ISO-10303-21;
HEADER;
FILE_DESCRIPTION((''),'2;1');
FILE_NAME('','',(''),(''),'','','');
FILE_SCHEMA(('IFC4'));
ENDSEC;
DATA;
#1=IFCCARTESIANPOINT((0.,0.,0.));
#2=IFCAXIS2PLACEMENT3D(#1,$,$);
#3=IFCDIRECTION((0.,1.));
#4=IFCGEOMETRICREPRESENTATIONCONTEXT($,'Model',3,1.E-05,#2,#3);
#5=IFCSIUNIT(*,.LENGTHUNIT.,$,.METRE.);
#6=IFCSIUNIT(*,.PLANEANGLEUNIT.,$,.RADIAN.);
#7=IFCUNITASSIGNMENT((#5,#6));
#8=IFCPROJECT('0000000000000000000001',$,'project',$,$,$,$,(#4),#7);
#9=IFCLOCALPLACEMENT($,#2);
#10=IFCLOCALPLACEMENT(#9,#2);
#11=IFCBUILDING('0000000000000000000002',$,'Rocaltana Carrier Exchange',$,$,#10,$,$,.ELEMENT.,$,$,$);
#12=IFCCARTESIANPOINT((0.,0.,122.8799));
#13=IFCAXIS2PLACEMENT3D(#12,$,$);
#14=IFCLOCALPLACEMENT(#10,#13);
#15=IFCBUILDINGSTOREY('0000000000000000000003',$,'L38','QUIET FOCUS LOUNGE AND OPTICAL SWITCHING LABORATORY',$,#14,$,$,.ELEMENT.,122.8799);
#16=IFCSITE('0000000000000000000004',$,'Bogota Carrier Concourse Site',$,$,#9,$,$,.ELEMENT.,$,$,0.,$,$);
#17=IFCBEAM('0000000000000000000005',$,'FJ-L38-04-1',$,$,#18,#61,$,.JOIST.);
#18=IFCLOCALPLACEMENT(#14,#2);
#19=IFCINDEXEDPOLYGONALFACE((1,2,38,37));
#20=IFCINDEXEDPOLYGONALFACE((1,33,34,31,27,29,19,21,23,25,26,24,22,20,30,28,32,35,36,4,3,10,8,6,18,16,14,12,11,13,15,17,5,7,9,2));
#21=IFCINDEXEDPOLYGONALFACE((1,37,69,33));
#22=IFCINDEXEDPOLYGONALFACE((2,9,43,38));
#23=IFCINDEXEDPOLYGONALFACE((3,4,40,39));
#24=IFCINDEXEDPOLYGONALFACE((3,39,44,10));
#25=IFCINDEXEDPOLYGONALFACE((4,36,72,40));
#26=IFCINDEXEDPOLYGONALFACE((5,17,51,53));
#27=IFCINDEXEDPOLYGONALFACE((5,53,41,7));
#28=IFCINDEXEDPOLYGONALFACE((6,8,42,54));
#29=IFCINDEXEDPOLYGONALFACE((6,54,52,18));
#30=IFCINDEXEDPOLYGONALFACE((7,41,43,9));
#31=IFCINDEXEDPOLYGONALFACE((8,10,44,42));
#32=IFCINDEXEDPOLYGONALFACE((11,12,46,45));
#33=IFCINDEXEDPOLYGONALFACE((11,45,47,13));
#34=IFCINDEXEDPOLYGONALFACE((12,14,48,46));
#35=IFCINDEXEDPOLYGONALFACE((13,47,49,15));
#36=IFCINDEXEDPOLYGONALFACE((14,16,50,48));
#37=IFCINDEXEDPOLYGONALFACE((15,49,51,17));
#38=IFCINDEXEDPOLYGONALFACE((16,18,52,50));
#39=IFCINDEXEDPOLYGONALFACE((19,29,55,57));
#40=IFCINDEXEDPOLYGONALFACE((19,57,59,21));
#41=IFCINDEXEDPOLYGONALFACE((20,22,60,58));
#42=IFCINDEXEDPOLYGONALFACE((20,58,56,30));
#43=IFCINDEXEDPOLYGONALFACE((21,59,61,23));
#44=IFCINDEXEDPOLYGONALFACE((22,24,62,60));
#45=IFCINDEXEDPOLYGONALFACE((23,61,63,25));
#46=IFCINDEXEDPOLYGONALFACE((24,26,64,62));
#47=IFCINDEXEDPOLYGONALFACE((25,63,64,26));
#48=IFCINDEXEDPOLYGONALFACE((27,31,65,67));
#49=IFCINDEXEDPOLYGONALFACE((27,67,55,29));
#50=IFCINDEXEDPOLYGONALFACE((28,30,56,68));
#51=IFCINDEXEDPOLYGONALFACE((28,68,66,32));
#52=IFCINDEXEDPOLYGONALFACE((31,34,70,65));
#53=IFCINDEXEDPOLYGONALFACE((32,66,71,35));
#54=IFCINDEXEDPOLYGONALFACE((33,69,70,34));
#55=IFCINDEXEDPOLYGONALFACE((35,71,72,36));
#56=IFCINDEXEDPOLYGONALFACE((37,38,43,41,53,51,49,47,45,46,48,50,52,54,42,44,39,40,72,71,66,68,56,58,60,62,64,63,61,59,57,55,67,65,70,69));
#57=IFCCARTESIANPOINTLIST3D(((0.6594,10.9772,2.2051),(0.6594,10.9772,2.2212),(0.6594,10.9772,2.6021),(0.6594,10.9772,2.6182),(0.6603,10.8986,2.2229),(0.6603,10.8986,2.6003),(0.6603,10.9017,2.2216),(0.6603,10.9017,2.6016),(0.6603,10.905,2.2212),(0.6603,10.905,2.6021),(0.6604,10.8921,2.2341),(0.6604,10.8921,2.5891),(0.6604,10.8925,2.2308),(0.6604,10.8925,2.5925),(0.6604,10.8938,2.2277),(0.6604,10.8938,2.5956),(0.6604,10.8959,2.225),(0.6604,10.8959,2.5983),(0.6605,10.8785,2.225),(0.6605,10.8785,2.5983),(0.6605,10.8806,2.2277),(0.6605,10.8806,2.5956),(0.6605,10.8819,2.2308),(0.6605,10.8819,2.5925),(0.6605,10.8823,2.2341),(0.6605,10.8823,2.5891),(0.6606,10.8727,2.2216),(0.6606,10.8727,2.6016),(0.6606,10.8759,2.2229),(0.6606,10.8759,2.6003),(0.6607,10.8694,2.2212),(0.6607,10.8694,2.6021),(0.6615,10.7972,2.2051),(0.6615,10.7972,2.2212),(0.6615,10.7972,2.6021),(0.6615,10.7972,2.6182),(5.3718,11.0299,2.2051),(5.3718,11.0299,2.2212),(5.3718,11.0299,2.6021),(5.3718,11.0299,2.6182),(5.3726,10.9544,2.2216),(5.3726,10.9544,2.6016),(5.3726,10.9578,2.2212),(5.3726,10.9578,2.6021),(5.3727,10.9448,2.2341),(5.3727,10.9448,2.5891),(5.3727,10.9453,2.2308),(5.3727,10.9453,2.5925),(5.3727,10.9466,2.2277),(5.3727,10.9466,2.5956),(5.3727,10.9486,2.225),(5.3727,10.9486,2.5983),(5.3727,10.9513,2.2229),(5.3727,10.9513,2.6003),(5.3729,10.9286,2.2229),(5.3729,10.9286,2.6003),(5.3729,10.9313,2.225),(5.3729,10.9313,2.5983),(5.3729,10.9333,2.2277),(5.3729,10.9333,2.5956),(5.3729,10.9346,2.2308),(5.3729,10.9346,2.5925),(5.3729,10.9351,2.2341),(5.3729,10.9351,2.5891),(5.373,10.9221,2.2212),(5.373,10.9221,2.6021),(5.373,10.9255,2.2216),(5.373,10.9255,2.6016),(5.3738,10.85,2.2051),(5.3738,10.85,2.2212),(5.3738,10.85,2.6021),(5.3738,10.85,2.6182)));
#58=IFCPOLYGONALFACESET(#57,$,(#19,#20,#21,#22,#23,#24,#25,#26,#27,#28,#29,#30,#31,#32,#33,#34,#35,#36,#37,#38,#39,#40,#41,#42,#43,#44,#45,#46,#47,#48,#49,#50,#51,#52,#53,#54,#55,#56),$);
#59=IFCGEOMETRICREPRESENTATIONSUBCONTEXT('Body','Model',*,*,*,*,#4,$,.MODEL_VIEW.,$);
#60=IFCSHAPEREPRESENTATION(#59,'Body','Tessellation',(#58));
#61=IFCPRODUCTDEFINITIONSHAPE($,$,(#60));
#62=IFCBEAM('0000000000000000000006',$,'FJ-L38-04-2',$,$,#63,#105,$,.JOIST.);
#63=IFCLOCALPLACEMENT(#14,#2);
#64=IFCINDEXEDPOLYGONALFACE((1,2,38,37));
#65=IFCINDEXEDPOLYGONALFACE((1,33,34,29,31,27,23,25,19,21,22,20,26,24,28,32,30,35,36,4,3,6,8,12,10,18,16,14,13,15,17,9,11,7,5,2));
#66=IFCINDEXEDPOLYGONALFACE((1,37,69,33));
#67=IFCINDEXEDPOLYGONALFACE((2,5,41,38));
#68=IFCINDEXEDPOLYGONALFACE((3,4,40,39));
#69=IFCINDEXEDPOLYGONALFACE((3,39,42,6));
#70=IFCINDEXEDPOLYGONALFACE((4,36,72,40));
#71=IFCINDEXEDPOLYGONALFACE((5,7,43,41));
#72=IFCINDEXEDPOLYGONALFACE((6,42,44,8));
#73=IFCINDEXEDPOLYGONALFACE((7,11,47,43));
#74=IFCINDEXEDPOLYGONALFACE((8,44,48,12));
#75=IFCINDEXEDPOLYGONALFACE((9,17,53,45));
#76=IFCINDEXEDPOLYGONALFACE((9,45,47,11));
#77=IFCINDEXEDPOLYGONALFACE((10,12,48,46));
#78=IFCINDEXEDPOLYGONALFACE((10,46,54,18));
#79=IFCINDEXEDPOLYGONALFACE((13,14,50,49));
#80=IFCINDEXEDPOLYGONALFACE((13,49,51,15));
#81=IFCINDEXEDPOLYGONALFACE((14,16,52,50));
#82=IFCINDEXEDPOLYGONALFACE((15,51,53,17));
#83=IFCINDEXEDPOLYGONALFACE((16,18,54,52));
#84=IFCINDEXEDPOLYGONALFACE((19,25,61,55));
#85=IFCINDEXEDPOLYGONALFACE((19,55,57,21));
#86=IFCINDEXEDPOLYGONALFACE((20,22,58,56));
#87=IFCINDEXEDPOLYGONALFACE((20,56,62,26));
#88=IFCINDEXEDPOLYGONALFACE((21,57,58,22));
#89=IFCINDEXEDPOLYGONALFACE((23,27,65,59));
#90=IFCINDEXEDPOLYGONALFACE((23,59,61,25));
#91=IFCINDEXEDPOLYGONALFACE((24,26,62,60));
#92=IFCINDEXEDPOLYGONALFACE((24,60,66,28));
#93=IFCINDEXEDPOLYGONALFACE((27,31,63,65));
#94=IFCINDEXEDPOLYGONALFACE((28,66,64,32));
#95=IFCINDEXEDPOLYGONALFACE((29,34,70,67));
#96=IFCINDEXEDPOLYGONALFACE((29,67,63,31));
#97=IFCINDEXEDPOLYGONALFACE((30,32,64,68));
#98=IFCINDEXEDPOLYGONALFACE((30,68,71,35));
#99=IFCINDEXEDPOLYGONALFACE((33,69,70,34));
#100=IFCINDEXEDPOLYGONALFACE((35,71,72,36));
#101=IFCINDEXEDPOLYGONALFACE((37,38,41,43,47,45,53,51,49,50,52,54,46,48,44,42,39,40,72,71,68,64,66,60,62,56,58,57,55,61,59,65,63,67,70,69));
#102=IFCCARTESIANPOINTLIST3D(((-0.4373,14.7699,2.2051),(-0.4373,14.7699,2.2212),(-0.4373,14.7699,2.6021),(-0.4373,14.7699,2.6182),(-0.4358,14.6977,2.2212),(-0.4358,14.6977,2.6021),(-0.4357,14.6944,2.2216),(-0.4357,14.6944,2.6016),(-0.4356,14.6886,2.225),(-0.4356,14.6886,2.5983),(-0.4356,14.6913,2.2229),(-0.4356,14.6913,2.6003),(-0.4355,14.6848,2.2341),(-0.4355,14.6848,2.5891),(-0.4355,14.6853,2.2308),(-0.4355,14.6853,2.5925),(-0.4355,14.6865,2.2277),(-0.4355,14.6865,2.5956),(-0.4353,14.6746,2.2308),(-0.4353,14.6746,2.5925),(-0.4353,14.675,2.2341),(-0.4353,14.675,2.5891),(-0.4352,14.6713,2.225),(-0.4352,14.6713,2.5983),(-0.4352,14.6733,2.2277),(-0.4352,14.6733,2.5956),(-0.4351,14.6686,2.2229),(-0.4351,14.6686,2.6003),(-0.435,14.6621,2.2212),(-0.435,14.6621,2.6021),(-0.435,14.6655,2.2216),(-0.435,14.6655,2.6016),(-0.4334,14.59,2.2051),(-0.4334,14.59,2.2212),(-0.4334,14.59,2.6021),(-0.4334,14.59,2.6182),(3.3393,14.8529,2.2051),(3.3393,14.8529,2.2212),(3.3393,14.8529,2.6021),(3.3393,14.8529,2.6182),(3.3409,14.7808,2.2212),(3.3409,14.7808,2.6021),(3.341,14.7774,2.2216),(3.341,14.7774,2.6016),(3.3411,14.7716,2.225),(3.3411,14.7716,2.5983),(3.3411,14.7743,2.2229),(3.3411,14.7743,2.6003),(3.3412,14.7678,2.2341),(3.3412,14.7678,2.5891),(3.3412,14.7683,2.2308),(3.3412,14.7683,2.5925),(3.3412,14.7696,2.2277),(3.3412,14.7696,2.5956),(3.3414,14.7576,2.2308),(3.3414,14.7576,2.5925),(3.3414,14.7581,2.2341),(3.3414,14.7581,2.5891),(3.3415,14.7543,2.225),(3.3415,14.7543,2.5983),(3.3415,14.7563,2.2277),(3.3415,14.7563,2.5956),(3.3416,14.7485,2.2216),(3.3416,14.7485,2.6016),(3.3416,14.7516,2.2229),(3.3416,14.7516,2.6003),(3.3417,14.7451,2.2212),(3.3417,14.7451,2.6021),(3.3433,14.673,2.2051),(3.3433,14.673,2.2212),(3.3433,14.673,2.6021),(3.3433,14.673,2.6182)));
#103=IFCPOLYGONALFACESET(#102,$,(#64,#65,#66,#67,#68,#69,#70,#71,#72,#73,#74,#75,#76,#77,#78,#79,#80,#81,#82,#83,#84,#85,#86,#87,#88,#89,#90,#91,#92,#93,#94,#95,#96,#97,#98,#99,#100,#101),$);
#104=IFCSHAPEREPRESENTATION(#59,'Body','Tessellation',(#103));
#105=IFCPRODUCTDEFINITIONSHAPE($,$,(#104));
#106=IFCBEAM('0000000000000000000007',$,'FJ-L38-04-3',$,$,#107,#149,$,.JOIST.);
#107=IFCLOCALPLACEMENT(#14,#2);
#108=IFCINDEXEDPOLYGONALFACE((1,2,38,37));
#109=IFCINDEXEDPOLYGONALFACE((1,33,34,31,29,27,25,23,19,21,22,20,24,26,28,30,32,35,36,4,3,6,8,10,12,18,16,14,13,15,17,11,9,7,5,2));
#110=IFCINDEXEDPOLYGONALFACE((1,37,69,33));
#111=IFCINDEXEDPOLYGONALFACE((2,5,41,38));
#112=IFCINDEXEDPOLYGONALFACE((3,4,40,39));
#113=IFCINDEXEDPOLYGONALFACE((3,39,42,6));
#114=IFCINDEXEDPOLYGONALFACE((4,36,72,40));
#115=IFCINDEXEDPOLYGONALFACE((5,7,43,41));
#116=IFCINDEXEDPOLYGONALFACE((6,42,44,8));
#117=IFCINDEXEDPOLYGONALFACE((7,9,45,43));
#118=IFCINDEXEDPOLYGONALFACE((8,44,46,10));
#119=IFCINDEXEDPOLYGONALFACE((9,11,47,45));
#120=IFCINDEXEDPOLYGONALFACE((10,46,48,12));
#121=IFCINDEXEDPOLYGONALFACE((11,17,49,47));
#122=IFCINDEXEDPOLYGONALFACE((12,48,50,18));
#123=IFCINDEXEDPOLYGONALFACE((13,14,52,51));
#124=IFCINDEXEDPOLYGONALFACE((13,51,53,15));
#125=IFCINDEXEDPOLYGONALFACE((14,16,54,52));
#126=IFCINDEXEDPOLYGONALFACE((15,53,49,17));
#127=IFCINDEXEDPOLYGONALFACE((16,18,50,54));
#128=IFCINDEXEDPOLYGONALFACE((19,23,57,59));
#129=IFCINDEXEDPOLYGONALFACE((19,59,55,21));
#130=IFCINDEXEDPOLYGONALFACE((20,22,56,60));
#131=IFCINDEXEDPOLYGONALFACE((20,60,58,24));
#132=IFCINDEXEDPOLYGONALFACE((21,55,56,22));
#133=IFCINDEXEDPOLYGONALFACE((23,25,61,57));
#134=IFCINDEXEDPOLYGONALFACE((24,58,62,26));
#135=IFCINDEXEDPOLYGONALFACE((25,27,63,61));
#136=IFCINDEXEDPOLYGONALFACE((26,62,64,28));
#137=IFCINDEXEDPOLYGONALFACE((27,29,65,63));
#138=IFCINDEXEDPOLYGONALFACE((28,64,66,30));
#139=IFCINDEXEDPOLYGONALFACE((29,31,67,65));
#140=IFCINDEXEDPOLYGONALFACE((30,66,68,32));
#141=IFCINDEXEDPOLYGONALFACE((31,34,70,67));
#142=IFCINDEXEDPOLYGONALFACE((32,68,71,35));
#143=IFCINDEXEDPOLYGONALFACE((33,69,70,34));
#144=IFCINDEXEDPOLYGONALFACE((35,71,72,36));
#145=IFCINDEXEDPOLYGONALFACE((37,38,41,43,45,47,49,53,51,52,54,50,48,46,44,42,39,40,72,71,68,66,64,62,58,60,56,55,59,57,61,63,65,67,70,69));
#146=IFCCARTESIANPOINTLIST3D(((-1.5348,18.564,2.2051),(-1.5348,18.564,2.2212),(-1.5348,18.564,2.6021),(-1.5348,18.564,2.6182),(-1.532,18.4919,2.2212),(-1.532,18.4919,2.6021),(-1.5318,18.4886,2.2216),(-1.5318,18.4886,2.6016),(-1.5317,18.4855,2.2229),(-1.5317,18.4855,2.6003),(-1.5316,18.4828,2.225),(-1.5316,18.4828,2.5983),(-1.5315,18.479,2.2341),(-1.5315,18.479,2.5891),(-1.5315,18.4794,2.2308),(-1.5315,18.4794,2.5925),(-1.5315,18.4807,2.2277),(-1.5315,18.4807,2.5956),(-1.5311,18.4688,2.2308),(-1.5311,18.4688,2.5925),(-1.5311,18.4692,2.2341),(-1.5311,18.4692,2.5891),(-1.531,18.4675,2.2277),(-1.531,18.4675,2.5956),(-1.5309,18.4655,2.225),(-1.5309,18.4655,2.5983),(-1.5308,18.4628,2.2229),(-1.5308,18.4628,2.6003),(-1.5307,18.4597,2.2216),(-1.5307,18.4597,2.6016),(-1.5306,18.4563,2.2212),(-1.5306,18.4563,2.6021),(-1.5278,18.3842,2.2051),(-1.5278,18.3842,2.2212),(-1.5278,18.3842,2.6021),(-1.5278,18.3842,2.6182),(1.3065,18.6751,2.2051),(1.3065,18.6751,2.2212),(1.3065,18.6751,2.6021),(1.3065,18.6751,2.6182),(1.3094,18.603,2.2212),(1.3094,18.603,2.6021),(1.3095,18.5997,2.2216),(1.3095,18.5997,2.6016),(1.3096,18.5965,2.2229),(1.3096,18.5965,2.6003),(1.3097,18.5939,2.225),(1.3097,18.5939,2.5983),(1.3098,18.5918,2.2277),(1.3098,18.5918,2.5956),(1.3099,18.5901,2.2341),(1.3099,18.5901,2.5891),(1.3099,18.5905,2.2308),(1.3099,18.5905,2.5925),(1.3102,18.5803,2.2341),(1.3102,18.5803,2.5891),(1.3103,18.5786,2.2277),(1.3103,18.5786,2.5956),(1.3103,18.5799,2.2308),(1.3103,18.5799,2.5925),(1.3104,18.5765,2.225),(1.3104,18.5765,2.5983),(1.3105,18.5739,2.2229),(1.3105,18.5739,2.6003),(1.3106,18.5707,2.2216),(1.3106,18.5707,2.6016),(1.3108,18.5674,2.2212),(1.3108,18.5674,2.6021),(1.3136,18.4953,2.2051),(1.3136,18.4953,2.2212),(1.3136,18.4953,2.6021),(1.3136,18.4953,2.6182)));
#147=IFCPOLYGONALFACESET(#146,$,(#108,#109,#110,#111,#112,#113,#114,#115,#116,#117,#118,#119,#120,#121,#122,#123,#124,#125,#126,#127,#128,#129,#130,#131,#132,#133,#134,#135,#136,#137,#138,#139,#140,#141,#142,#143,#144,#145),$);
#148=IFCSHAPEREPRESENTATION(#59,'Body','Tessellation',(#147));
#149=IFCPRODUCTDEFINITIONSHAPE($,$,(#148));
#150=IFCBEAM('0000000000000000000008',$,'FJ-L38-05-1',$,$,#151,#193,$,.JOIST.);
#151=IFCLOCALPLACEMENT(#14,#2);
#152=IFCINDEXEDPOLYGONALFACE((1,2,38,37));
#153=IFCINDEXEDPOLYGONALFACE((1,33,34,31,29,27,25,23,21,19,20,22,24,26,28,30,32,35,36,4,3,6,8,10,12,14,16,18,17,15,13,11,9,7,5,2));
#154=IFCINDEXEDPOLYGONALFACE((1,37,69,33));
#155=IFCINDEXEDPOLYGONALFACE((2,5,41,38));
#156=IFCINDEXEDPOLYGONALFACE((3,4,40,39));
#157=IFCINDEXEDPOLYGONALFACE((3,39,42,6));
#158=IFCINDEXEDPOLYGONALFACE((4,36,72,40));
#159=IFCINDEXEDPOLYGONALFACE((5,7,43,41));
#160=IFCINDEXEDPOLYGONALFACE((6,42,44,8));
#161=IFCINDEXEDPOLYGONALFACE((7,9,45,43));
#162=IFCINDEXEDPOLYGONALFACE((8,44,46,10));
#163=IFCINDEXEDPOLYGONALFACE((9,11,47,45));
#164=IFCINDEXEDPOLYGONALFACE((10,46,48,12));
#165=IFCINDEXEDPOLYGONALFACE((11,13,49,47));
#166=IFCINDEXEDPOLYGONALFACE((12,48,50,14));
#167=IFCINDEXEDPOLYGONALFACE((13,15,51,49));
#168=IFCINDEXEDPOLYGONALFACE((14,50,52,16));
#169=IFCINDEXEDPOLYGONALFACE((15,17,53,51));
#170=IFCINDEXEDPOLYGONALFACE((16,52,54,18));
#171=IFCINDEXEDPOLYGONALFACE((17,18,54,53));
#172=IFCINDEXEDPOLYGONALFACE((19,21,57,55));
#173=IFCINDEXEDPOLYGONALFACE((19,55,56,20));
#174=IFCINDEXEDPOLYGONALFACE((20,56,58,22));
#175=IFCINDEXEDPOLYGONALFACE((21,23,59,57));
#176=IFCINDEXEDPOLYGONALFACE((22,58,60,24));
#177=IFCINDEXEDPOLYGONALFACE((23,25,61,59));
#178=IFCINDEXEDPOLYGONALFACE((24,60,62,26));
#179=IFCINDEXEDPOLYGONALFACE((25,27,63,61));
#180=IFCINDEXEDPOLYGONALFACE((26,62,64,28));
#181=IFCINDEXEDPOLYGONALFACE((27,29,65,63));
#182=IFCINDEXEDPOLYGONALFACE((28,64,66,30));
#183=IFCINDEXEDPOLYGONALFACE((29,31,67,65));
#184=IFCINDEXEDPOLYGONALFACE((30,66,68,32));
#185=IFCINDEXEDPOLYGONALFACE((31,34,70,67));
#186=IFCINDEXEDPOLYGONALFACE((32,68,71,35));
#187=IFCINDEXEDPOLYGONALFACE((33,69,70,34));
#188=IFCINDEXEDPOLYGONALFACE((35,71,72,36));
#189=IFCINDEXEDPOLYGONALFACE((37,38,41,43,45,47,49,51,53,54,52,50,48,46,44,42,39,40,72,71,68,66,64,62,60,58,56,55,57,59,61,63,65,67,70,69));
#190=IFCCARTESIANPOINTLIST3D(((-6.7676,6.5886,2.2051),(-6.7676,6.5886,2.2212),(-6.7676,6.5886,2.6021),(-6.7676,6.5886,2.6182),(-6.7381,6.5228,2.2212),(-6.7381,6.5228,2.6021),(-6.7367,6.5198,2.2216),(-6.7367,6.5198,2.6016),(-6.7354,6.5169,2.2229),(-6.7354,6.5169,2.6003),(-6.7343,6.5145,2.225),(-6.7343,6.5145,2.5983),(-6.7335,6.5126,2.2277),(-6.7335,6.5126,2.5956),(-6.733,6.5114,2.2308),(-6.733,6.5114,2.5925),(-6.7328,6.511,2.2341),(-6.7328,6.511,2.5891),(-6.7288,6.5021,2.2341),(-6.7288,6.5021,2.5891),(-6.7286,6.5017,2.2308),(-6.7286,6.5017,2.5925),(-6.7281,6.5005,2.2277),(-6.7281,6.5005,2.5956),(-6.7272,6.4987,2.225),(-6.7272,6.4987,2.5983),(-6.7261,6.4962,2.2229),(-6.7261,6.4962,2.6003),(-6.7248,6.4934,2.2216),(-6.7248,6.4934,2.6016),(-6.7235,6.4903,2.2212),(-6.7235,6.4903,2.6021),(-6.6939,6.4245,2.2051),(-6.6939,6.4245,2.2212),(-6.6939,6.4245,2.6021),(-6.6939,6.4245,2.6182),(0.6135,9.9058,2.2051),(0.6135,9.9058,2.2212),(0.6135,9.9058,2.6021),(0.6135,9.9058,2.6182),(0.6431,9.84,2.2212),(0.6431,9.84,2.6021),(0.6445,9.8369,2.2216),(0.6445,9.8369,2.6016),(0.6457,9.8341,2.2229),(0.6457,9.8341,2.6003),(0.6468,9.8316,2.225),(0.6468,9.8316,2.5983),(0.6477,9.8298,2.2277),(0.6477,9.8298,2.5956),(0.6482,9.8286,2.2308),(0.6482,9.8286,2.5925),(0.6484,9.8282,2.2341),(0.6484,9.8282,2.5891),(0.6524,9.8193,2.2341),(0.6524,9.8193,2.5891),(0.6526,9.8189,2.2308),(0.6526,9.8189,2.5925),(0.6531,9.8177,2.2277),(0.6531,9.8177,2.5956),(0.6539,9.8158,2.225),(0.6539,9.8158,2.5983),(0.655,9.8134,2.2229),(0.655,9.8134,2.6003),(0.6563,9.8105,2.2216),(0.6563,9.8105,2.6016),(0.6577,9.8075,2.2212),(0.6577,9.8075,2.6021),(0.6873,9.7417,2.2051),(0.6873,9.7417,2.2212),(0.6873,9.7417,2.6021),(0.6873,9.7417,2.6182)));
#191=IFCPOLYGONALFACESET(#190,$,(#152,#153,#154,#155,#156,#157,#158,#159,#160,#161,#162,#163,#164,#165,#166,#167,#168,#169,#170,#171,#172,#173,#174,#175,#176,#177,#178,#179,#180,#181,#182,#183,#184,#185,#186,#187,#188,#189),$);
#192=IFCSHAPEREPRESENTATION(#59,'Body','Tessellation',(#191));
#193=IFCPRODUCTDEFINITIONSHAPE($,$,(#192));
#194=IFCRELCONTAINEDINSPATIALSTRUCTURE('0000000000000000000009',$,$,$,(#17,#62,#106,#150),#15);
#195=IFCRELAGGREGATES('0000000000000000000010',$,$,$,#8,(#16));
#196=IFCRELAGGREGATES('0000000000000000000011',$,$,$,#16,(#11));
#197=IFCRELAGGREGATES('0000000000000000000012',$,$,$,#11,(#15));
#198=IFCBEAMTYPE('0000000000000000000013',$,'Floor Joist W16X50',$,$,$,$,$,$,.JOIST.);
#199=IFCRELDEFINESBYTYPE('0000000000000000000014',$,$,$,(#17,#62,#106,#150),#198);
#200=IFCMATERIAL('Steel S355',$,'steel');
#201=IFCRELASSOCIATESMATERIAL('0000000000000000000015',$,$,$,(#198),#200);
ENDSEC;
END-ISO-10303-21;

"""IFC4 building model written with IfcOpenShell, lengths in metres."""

from ifc_helpers import new_model, si_unit, direction, frame, origin, origin_2d, place, context, subcontext, project, spatial, i_section, extrude, material, material_profile, profile_set, type_object, element, save


model = new_model("IFC4")

# Units and contexts
model_context = context("Model", 3, precision=1e-05, world=origin(), true_north=direction((0.0, 1.0)))
body_context = subcontext(model_context, "Body", "Model", "MODEL_VIEW")
ifc_project = project(units=[si_unit("LENGTHUNIT", "METRE"), si_unit("PLANEANGLEUNIT", "RADIAN")], contexts=[model_context])

# Site, building, storey
site_placement = place(None, origin())
site = spatial("IfcSite", under=ifc_project, at=site_placement, Name="Bogota Carrier Concourse Site", CompositionType="ELEMENT", RefElevation=0.0)
building_placement = place(site_placement, origin())
building = spatial("IfcBuilding", under=site, at=building_placement, Name="Rocaltana Carrier Exchange", CompositionType="ELEMENT")
storey_placement = place(building_placement, frame((0.0, 0.0, 122.8799)))
storey = spatial("IfcBuildingStorey", under=building, at=storey_placement, Name="L38", Description="QUIET FOCUS LOUNGE AND OPTICAL SWITCHING LABORATORY", CompositionType="ELEMENT", Elevation=122.8799)

# Beams
ifc_material_1 = material(Name="Steel S355", Category="steel")
ifc_material_profile_1 = material_profile(ifc_material_1, i_section(OverallWidth=0.1799, OverallDepth=0.4131, WebThickness=0.0098, FlangeThickness=0.0161, FilletRadius=0.0129, at=origin_2d()), Name="W16X50")
ifc_profile_set_1 = profile_set([ifc_material_profile_1], Name="Steel S355")
beam_type_1 = type_object("IfcBeamType", Name="Floor Joist W16X50", PredefinedType="JOIST", material=ifc_profile_set_1)
beam_1_placement = place(storey_placement, frame((5.3728, 10.9399, 2.4116), z_axis=(-0.999937, -0.01119, 0.0), x_axis=(0.01119, -0.999937, 0.0)))
element("IfcBeam", 1, at=beam_1_placement, inside=storey, type_object=beam_type_1, Name="FJ-L38-04-1", PredefinedType="JOIST", context=body_context, shape_type="SweptSolid", body=[
    extrude(i_section(OverallWidth=0.1799, OverallDepth=0.4131, WebThickness=0.0098, FlangeThickness=0.0161, FilletRadius=0.0129, at=origin_2d()), origin(), (0.0, 0.0, 1.0), 4.7126),
])
beam_2_placement = place(storey_placement, frame((3.3413, 14.7629, 2.4116), z_axis=(-0.999759, -0.021974, 0.0), x_axis=(0.021974, -0.999759, 0.0)))
element("IfcBeam", 2, at=beam_2_placement, inside=storey, type_object=beam_type_1, Name="FJ-L38-04-2", PredefinedType="JOIST", context=body_context, shape_type="SweptSolid", body=[
    extrude(i_section(OverallWidth=0.1799, OverallDepth=0.4131, WebThickness=0.0098, FlangeThickness=0.0161, FilletRadius=0.0129, at=origin_2d()), origin(), (0.0, 0.0, 1.0), 3.7776),
])
beam_3_placement = place(storey_placement, frame((1.3101, 18.5852, 2.4116), z_axis=(-0.999237, -0.039066, 0.0), x_axis=(0.039066, -0.999237, 0.0)))
element("IfcBeam", 3, at=beam_3_placement, inside=storey, type_object=beam_type_1, Name="FJ-L38-04-3", PredefinedType="JOIST", context=body_context, shape_type="SweptSolid", body=[
    extrude(i_section(OverallWidth=0.1799, OverallDepth=0.4131, WebThickness=0.0098, FlangeThickness=0.0161, FilletRadius=0.0129, at=origin_2d()), origin(), (0.0, 0.0, 1.0), 2.8435),
])
beam_4_placement = place(storey_placement, frame((0.6504, 9.8237, 2.4116), z_axis=(-0.912123, -0.409917, 0.0), x_axis=(0.409917, -0.912123, 0.0)))
element("IfcBeam", 4, at=beam_4_placement, inside=storey, type_object=beam_type_1, Name="FJ-L38-05-1", PredefinedType="JOIST", context=body_context, shape_type="SweptSolid", body=[
    extrude(i_section(OverallWidth=0.1799, OverallDepth=0.4131, WebThickness=0.0098, FlangeThickness=0.0161, FilletRadius=0.0129, at=origin_2d()), origin(), (0.0, 0.0, 1.0), 8.0923),
])

save(model, "model.ifc")
